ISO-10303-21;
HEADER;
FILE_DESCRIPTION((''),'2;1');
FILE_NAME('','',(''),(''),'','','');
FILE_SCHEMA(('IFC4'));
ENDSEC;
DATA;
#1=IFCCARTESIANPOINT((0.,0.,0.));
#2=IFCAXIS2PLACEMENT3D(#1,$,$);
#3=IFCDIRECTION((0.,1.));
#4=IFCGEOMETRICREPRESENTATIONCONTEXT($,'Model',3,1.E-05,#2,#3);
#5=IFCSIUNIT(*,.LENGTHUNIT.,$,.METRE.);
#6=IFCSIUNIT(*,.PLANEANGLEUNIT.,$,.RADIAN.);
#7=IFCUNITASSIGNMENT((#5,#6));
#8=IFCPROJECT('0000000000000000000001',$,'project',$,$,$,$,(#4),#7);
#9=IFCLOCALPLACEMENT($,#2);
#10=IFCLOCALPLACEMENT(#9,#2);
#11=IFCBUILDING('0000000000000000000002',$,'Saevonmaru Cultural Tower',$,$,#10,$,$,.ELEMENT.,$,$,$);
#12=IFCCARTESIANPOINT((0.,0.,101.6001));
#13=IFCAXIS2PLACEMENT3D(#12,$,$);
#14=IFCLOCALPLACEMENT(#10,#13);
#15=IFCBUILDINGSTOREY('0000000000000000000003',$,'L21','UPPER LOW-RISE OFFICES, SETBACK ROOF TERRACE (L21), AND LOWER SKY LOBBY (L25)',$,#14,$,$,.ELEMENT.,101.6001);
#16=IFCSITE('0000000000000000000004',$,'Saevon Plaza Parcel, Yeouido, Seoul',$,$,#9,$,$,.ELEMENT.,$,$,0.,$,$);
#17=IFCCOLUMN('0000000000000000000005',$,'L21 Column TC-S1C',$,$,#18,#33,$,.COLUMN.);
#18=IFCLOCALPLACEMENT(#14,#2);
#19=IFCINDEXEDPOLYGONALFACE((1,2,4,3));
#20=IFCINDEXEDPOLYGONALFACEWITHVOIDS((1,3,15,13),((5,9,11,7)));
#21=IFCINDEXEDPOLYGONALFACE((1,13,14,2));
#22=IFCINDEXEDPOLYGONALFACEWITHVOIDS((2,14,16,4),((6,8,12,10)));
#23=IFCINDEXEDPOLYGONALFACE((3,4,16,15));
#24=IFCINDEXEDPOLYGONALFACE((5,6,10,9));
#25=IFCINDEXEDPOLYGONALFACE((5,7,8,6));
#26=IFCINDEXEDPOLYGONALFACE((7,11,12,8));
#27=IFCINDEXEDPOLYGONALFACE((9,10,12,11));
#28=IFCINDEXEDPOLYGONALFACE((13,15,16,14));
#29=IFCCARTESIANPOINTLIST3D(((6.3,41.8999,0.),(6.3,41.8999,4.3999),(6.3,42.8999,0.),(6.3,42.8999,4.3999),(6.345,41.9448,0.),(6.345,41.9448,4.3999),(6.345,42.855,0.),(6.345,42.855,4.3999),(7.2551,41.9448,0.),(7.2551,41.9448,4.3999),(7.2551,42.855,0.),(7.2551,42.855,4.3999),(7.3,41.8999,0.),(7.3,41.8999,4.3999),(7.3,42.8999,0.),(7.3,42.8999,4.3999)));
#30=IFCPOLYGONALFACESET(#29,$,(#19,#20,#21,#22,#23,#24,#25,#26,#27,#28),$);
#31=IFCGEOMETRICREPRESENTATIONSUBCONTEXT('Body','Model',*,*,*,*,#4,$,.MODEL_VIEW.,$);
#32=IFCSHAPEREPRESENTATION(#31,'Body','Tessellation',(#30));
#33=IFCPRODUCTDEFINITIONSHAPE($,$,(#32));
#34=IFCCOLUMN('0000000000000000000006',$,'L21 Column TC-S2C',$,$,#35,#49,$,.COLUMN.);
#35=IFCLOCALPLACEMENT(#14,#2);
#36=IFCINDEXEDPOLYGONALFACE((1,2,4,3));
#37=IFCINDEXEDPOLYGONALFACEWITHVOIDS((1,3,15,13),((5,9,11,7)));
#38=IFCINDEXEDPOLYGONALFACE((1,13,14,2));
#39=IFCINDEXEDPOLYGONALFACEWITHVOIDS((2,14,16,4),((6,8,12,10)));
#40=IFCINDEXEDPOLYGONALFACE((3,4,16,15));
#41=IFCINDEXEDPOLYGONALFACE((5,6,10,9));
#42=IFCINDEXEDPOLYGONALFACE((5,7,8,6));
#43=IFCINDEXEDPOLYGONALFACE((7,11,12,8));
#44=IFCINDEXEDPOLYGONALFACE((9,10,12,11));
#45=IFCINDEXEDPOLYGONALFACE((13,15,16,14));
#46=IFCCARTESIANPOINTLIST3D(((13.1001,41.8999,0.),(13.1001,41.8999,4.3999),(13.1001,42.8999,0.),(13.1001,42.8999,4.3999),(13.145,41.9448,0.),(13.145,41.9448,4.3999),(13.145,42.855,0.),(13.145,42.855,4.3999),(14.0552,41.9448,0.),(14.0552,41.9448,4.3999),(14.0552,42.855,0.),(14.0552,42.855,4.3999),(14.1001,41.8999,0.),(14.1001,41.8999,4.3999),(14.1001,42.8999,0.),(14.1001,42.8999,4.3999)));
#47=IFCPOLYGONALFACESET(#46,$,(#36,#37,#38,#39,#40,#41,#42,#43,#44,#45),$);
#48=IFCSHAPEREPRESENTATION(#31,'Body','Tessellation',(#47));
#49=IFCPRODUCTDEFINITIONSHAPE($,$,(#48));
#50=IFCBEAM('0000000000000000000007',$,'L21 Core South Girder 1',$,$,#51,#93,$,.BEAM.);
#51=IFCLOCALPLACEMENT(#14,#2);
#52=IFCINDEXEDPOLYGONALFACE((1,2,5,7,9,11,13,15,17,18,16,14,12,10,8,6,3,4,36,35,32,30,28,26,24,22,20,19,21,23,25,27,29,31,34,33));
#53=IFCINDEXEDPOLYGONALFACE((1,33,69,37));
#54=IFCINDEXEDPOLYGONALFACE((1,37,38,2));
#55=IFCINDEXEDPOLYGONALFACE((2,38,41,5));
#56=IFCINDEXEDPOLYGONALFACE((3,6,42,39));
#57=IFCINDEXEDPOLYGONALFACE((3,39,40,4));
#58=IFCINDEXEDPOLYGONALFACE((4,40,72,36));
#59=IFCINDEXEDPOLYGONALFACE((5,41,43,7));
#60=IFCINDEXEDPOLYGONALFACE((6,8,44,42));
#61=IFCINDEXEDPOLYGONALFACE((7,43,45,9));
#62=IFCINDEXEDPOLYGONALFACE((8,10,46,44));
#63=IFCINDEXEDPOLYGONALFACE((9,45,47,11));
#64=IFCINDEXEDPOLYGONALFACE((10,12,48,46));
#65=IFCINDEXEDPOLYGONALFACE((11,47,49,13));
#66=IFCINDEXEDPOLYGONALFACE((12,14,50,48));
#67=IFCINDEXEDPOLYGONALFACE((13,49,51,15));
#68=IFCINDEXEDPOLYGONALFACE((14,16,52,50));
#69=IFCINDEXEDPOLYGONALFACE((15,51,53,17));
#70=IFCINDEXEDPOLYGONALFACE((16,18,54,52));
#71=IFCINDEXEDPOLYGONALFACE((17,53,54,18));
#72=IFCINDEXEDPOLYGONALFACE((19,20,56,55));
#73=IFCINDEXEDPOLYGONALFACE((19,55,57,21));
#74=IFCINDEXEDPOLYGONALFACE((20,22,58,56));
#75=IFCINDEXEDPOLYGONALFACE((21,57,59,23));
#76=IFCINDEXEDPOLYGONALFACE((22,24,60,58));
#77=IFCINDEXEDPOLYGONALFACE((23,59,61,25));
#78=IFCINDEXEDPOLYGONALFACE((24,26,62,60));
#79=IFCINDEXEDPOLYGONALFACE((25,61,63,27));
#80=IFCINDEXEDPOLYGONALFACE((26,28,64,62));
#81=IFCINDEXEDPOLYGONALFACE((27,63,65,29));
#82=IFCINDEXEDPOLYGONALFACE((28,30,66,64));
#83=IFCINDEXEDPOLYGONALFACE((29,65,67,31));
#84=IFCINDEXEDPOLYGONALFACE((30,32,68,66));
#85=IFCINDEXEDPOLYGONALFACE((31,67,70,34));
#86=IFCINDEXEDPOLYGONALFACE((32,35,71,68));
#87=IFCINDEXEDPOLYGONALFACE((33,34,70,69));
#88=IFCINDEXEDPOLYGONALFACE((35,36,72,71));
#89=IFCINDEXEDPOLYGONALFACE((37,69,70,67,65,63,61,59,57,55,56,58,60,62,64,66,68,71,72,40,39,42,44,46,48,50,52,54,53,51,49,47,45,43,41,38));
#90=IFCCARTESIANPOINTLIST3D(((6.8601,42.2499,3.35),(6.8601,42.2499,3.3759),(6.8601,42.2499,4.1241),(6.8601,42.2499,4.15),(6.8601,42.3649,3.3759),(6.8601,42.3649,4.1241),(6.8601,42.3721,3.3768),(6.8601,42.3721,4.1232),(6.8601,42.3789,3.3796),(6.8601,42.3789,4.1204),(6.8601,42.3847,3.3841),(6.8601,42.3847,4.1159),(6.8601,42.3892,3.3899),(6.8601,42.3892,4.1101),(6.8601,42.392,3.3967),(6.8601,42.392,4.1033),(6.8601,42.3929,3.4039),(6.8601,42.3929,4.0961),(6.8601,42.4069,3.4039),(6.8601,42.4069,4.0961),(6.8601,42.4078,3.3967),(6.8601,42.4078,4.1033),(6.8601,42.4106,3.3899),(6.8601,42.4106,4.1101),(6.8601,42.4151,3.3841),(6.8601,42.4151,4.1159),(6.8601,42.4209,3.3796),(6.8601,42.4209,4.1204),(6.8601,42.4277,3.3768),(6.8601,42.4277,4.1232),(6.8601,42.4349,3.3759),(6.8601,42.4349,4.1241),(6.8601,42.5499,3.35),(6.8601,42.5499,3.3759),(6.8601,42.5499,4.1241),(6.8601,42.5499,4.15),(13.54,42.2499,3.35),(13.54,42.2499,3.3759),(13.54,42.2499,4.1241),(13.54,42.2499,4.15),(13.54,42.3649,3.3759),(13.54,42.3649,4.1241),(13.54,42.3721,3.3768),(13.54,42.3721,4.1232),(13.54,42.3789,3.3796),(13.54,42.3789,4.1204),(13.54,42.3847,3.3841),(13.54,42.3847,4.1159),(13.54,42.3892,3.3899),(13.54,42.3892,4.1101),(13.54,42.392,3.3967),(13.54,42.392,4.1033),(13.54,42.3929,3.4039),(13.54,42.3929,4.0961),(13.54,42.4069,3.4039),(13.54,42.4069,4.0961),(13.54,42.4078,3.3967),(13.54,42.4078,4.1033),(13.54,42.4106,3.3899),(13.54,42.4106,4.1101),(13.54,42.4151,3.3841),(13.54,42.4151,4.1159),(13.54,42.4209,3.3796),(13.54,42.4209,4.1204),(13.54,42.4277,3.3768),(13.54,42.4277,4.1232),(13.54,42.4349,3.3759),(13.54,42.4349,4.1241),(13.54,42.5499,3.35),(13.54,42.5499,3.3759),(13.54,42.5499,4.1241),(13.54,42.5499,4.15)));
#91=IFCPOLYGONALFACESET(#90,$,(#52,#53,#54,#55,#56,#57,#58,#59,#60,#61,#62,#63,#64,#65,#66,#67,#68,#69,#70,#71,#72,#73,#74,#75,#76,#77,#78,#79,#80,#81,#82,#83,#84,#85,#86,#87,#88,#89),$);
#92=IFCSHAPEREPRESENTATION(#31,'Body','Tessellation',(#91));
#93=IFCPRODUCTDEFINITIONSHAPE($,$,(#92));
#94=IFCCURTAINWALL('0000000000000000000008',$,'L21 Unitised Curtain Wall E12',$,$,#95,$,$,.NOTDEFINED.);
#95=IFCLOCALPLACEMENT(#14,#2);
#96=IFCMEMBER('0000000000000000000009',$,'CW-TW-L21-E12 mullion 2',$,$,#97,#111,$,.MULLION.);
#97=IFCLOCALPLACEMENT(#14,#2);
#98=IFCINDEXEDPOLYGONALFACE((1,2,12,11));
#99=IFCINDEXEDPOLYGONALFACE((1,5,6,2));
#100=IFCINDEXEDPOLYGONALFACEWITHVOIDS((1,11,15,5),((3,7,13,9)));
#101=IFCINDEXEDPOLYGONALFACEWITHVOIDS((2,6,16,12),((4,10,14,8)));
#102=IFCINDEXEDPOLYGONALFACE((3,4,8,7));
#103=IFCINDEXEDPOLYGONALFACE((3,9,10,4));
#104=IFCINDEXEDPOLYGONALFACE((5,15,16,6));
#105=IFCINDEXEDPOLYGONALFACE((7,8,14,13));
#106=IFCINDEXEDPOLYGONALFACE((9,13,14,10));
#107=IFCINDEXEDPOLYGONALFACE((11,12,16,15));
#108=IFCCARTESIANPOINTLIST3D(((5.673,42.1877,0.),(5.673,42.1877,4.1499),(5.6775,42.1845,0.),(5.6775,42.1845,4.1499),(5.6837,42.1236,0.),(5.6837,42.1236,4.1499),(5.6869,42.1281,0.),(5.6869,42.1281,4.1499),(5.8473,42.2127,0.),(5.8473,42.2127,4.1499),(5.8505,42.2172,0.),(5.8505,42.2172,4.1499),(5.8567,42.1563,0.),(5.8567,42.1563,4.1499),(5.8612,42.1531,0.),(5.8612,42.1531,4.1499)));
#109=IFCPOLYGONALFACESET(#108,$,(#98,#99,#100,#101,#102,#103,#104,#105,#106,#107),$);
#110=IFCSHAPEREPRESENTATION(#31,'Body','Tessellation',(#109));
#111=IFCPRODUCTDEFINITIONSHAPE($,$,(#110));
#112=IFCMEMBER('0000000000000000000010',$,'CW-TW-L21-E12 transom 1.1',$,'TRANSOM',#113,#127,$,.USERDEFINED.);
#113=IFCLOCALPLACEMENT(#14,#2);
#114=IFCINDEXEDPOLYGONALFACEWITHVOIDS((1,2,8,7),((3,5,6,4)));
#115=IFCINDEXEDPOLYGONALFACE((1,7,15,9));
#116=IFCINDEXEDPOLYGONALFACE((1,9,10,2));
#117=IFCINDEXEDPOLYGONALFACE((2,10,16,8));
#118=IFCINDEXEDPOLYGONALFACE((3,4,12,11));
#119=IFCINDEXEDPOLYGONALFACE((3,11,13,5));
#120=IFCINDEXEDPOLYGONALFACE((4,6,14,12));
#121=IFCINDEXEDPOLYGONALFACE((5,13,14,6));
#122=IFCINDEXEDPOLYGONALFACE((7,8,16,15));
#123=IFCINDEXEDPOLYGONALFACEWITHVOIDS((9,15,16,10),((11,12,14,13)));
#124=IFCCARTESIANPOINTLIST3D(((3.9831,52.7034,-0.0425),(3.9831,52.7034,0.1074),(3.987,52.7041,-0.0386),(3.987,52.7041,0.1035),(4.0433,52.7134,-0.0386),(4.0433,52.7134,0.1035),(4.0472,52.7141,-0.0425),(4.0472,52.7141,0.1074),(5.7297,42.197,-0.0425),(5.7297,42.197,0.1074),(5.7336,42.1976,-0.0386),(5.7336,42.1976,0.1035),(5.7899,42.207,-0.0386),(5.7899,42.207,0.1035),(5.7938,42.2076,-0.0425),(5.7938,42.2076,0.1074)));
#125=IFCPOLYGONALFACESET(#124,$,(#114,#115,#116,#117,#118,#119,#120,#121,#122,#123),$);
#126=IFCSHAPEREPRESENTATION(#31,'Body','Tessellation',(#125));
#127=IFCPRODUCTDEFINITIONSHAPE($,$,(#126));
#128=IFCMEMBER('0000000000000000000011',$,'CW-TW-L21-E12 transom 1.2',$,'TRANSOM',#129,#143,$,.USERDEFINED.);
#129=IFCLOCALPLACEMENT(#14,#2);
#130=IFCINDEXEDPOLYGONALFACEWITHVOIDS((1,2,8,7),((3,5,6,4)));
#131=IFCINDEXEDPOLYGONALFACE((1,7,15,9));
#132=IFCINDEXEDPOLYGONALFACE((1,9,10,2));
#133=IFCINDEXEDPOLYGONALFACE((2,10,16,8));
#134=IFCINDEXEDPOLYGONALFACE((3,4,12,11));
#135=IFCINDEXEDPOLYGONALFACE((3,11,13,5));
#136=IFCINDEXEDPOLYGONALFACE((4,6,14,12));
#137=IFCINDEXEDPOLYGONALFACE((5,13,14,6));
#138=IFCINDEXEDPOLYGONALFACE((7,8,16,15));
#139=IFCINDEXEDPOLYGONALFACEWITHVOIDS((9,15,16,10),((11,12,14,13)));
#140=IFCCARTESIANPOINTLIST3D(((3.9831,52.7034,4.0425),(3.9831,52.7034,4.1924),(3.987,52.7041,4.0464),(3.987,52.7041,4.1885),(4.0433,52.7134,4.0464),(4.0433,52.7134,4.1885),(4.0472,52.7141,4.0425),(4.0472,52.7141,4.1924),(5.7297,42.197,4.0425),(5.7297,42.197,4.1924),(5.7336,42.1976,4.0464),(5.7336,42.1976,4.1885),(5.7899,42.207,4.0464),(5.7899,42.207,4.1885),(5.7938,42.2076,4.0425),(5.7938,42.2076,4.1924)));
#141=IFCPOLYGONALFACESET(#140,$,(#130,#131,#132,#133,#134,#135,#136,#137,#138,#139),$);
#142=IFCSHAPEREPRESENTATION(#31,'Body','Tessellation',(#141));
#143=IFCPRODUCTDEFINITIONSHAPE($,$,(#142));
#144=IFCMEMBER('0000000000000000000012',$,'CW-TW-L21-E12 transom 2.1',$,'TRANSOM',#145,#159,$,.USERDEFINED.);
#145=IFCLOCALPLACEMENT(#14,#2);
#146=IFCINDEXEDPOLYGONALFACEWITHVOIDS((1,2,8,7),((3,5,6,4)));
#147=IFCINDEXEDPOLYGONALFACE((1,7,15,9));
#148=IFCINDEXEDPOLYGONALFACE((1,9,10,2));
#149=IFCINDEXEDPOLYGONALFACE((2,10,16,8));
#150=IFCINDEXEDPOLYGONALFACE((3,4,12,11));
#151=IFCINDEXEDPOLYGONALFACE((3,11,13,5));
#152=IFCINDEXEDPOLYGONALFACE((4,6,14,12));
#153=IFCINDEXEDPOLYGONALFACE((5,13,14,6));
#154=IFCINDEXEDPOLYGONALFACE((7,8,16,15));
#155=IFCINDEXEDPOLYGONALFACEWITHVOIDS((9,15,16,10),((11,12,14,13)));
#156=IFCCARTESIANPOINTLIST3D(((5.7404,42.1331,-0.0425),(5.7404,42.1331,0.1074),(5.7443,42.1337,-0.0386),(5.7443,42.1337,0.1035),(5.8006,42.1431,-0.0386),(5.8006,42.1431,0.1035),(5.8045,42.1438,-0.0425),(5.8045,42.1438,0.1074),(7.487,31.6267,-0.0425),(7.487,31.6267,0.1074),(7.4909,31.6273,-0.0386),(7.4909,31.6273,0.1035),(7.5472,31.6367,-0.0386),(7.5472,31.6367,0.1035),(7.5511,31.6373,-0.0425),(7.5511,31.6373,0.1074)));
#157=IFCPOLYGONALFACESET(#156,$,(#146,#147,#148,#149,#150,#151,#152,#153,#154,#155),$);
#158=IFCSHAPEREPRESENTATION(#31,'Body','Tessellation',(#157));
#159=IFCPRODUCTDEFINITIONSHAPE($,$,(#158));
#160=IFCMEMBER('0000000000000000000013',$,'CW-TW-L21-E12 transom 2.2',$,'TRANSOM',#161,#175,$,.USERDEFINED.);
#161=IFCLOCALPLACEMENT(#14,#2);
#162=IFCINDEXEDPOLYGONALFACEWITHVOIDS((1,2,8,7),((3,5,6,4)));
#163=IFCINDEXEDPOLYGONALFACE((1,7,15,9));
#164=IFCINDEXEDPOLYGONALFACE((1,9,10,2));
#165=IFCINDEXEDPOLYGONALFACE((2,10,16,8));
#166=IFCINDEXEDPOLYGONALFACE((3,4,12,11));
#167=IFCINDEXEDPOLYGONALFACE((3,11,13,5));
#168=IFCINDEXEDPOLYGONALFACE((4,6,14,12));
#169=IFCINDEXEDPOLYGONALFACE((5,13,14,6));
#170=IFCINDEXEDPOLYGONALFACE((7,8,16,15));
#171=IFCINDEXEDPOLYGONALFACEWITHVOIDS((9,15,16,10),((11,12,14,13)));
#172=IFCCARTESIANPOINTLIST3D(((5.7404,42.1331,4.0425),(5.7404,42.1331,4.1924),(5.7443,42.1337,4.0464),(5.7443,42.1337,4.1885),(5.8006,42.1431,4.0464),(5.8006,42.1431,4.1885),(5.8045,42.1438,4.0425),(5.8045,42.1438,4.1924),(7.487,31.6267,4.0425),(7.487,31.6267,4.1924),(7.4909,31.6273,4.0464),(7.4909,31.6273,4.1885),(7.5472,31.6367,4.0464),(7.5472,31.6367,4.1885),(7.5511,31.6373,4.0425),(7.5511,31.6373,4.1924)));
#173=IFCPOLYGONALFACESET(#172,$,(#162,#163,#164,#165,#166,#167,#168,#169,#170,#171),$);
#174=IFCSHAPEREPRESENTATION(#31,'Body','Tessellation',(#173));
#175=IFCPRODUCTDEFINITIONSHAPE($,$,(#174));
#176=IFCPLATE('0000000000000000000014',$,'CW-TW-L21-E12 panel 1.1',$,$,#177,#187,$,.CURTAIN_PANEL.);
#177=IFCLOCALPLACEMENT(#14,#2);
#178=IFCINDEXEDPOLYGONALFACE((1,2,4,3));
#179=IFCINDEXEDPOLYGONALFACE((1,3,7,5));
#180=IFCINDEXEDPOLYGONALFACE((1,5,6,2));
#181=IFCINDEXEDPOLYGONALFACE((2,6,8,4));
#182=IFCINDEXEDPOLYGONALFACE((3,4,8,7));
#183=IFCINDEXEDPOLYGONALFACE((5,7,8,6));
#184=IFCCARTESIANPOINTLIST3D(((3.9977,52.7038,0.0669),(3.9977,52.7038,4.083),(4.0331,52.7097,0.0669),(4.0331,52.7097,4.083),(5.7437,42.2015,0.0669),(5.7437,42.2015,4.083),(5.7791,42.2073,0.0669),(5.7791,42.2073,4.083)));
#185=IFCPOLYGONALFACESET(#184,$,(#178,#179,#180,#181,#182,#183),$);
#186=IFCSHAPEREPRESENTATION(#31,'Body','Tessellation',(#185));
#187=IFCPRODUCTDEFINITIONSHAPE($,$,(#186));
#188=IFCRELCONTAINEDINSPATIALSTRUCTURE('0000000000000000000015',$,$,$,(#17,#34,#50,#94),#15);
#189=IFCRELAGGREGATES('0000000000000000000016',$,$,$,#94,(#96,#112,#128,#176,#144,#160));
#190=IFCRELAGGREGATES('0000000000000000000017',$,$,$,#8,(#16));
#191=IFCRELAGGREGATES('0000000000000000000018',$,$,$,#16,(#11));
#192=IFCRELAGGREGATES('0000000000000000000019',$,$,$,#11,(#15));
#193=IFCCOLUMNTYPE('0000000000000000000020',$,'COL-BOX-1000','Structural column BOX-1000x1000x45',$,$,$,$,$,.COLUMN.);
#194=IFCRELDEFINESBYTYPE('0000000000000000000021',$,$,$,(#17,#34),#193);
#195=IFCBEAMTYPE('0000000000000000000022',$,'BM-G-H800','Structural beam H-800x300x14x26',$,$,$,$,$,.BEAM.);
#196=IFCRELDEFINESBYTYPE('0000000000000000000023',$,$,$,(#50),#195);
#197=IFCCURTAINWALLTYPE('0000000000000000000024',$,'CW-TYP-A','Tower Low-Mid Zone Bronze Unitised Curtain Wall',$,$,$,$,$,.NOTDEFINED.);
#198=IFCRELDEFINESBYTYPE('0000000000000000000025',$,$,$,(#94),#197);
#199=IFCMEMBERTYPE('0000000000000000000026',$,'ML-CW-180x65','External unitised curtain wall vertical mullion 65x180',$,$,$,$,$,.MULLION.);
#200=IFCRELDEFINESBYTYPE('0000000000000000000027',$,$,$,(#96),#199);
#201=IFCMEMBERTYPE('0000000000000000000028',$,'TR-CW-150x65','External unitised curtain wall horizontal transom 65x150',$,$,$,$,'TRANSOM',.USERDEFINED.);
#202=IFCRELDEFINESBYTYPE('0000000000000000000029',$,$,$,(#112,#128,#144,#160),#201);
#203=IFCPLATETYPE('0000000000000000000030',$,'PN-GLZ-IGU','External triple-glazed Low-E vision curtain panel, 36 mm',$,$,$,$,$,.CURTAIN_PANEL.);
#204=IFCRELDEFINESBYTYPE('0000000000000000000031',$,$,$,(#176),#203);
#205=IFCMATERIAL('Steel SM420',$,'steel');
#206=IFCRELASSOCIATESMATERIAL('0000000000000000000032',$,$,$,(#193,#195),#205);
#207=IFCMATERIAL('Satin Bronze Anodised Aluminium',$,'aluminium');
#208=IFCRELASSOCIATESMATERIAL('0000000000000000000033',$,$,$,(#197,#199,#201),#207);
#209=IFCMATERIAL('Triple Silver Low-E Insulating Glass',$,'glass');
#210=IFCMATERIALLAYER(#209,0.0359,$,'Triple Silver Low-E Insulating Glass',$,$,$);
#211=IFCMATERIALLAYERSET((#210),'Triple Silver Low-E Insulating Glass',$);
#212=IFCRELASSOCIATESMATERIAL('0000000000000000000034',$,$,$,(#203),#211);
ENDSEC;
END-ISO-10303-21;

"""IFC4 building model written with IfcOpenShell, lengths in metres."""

from ifc_helpers import new_model, si_unit, direction, frame, origin, origin_2d, place, context, subcontext, project, spatial, rectangle, hollow_rectangle, i_section, extrude, material, layer, layer_set, material_profile, profile_set, type_object, element, aggregate, save


model = new_model("IFC4")

# Units and contexts
model_context = context("Model", 3, precision=1e-05, world=origin(), true_north=direction((0.0, 1.0)))
body_context = subcontext(model_context, "Body", "Model", "MODEL_VIEW")
ifc_project = project(units=[si_unit("LENGTHUNIT", "METRE"), si_unit("PLANEANGLEUNIT", "RADIAN")], contexts=[model_context])

# Site, building, storey
site_placement = place(None, origin())
site = spatial("IfcSite", under=ifc_project, at=site_placement, Name="Saevon Plaza Parcel, Yeouido, Seoul", CompositionType="ELEMENT", RefElevation=0.0)
building_placement = place(site_placement, origin())
building = spatial("IfcBuilding", under=site, at=building_placement, Name="Saevonmaru Cultural Tower", CompositionType="ELEMENT")
storey_placement = place(building_placement, frame((0.0, 0.0, 101.6001)))
storey = spatial("IfcBuildingStorey", under=building, at=storey_placement, Name="L21", Description="UPPER LOW-RISE OFFICES, SETBACK ROOF TERRACE (L21), AND LOWER SKY LOBBY (L25)", CompositionType="ELEMENT", Elevation=101.6001)

# Columns
ifc_material_1 = material(Name="Steel SM420", Category="steel")
ifc_material_profile_1 = material_profile(ifc_material_1, hollow_rectangle(XDim=1.0, YDim=1.0, WallThickness=0.0449, at=origin_2d()), Name="BOX-1000x1000x45")
ifc_profile_set_1 = profile_set([ifc_material_profile_1], Name="Steel SM420")
column_type = type_object("IfcColumnType", Name="COL-BOX-1000", Description="Structural column BOX-1000x1000x45", PredefinedType="COLUMN", material=ifc_profile_set_1)
for number, where, z_axis, x_axis, name in (
    (1, (6.8, 42.3999, 0.0), (0.0, 0.0, 1.0), (1.0, 0.0, 0.0), "L21 Column TC-S1C"),
    (2, (13.6001, 42.3999, 0.0), (0.0, 0.0, 1.0), (1.0, 0.0, 0.0), "L21 Column TC-S2C"),
):
    element("IfcColumn", number, at=place(storey_placement, frame(where, z_axis=z_axis, x_axis=x_axis)), inside=storey, type_object=column_type, Name=name, PredefinedType="COLUMN", context=body_context, shape_type="SweptSolid", body=[
        extrude(hollow_rectangle(XDim=1.0, YDim=1.0, WallThickness=0.0449, at=origin_2d()), origin(), (0.0, 0.0, 1.0), 4.3999),
    ])

# Beam
ifc_material_profile_2 = material_profile(ifc_material_1, i_section(OverallWidth=0.3, OverallDepth=0.8, WebThickness=0.0139, FlangeThickness=0.0259, FilletRadius=0.0281, at=origin_2d()), Name="H-800x300x14x26")
ifc_profile_set_2 = profile_set([ifc_material_profile_2], Name="Steel SM420")
beam_type = type_object("IfcBeamType", Name="BM-G-H800", Description="Structural beam H-800x300x14x26", PredefinedType="BEAM", material=ifc_profile_set_2)
beam_placement = place(storey_placement, frame((6.8601, 42.3999, 3.75), z_axis=(1.0, 0.0, 0.0), x_axis=(0.0, 1.0, 0.0)))
element("IfcBeam", 3, at=beam_placement, inside=storey, type_object=beam_type, Name="L21 Core South Girder 1", PredefinedType="BEAM", context=body_context, shape_type="SweptSolid", body=[
    extrude(i_section(OverallWidth=0.3, OverallDepth=0.8, WebThickness=0.0139, FlangeThickness=0.0259, FilletRadius=0.0281, at=origin_2d()), origin(), (0.0, 0.0, 1.0), 6.6799),
])

# Curtain wall, members, plate
ifc_material_2 = material(Name="Satin Bronze Anodised Aluminium", Category="aluminium")
curtain_wall_type = type_object("IfcCurtainWallType", Name="CW-TYP-A", Description="Tower Low-Mid Zone Bronze Unitised Curtain Wall", PredefinedType="NOTDEFINED", material=ifc_material_2)
curtain_wall_placement = place(storey_placement, origin())
curtain_wall = element("IfcCurtainWall", 4, at=curtain_wall_placement, inside=storey, type_object=curtain_wall_type, Name="L21 Unitised Curtain Wall E12", PredefinedType="NOTDEFINED")
ifc_material_profile_3 = material_profile(ifc_material_2, hollow_rectangle(XDim=0.0649, YDim=0.1799, WallThickness=0.0039, at=origin_2d()), Name="ALU-MULL-180x65x4")
ifc_profile_set_3 = profile_set([ifc_material_profile_3], Name="Satin Bronze Anodised Aluminium")
member_type_1 = type_object("IfcMemberType", Name="ML-CW-180x65", Description="External unitised curtain wall vertical mullion 65x180", PredefinedType="MULLION", material=ifc_profile_set_3)
member_1_placement = place(storey_placement, frame((5.7671, 42.1704, 0.0), z_axis=(0.0, 0.0, 1.0), x_axis=(0.163999, -0.986461, 0.0)))
member_1 = element("IfcMember", 5, at=member_1_placement, type_object=member_type_1, Name="CW-TW-L21-E12 mullion 2", PredefinedType="MULLION", context=body_context, shape_type="SweptSolid", body=[
    extrude(hollow_rectangle(XDim=0.0649, YDim=0.1799, WallThickness=0.0039, at=origin_2d()), origin(), (0.0, 0.0, 1.0), 4.1499),
])
ifc_material_profile_4 = material_profile(ifc_material_2, hollow_rectangle(XDim=0.0649, YDim=0.1499, WallThickness=0.0039, at=origin_2d()), Name="ALU-TRAN-150x65x4")
ifc_profile_set_4 = profile_set([ifc_material_profile_4], Name="Satin Bronze Anodised Aluminium")
member_type_2 = type_object("IfcMemberType", Name="TR-CW-150x65", Description="External unitised curtain wall horizontal transom 65x150", ElementType="TRANSOM", PredefinedType="USERDEFINED", material=ifc_profile_set_4)
member_2_placement = place(storey_placement, frame((4.0151, 52.7087, 0.0325), z_axis=(0.16399, -0.986462, 0.0), x_axis=(0.986462, 0.16399, 0.0)))
member_2 = element("IfcMember", 6, at=member_2_placement, type_object=member_type_2, Name="CW-TW-L21-E12 transom 1.1", ObjectType="TRANSOM", PredefinedType="USERDEFINED", context=body_context, shape_type="SweptSolid", body=[
    extrude(hollow_rectangle(XDim=0.0649, YDim=0.1499, WallThickness=0.0039, at=origin_2d()), origin(), (0.0, 0.0, 1.0), 10.6506),
])
member_3_placement = place(storey_placement, frame((4.0151, 52.7087, 4.1174), z_axis=(0.16399, -0.986462, 0.0), x_axis=(0.986462, 0.16399, 0.0)))
member_3 = element("IfcMember", 7, at=member_3_placement, type_object=member_type_2, Name="CW-TW-L21-E12 transom 1.2", ObjectType="TRANSOM", PredefinedType="USERDEFINED", context=body_context, shape_type="SweptSolid", body=[
    extrude(hollow_rectangle(XDim=0.0649, YDim=0.1499, WallThickness=0.0039, at=origin_2d()), origin(), (0.0, 0.0, 1.0), 10.6506),
])
member_4_placement = place(storey_placement, frame((5.7725, 42.1384, 0.0325), z_axis=(0.16399, -0.986462, 0.0), x_axis=(0.986462, 0.16399, 0.0)))
member_4 = element("IfcMember", 8, at=member_4_placement, type_object=member_type_2, Name="CW-TW-L21-E12 transom 2.1", ObjectType="TRANSOM", PredefinedType="USERDEFINED", context=body_context, shape_type="SweptSolid", body=[
    extrude(hollow_rectangle(XDim=0.0649, YDim=0.1499, WallThickness=0.0039, at=origin_2d()), origin(), (0.0, 0.0, 1.0), 10.6506),
])
member_5_placement = place(storey_placement, frame((5.7725, 42.1384, 4.1174), z_axis=(0.16399, -0.986462, 0.0), x_axis=(0.986462, 0.16399, 0.0)))
member_5 = element("IfcMember", 9, at=member_5_placement, type_object=member_type_2, Name="CW-TW-L21-E12 transom 2.2", ObjectType="TRANSOM", PredefinedType="USERDEFINED", context=body_context, shape_type="SweptSolid", body=[
    extrude(hollow_rectangle(XDim=0.0649, YDim=0.1499, WallThickness=0.0039, at=origin_2d()), origin(), (0.0, 0.0, 1.0), 10.6506),
])
ifc_material_3 = material(Name="Triple Silver Low-E Insulating Glass", Category="glass")
ifc_layer_1 = layer(ifc_material_3, 0.0359, Name="Triple Silver Low-E Insulating Glass")
ifc_layer_set_1 = layer_set([ifc_layer_1], Name="Triple Silver Low-E Insulating Glass")
plate_type = type_object("IfcPlateType", Name="PN-GLZ-IGU", Description="External triple-glazed Low-E vision curtain panel, 36 mm", PredefinedType="CURTAIN_PANEL", material=ifc_layer_set_1)
plate_placement = place(storey_placement, frame((4.8884, 47.4556, 0.0669), z_axis=(0.0, 0.0, 1.0), x_axis=(0.163999, -0.986461, 0.0)))
plate = element("IfcPlate", 10, at=plate_placement, type_object=plate_type, Name="CW-TW-L21-E12 panel 1.1", PredefinedType="CURTAIN_PANEL", context=body_context, shape_type="SweptSolid", body=[
    extrude(rectangle(XDim=10.6465, YDim=0.0359, at=origin_2d()), origin(), (0.0, 0.0, 1.0), 4.0161),
])
aggregate(curtain_wall, [member_1, member_2, member_3, plate, member_4, member_5])

save(model, "model.ifc")
